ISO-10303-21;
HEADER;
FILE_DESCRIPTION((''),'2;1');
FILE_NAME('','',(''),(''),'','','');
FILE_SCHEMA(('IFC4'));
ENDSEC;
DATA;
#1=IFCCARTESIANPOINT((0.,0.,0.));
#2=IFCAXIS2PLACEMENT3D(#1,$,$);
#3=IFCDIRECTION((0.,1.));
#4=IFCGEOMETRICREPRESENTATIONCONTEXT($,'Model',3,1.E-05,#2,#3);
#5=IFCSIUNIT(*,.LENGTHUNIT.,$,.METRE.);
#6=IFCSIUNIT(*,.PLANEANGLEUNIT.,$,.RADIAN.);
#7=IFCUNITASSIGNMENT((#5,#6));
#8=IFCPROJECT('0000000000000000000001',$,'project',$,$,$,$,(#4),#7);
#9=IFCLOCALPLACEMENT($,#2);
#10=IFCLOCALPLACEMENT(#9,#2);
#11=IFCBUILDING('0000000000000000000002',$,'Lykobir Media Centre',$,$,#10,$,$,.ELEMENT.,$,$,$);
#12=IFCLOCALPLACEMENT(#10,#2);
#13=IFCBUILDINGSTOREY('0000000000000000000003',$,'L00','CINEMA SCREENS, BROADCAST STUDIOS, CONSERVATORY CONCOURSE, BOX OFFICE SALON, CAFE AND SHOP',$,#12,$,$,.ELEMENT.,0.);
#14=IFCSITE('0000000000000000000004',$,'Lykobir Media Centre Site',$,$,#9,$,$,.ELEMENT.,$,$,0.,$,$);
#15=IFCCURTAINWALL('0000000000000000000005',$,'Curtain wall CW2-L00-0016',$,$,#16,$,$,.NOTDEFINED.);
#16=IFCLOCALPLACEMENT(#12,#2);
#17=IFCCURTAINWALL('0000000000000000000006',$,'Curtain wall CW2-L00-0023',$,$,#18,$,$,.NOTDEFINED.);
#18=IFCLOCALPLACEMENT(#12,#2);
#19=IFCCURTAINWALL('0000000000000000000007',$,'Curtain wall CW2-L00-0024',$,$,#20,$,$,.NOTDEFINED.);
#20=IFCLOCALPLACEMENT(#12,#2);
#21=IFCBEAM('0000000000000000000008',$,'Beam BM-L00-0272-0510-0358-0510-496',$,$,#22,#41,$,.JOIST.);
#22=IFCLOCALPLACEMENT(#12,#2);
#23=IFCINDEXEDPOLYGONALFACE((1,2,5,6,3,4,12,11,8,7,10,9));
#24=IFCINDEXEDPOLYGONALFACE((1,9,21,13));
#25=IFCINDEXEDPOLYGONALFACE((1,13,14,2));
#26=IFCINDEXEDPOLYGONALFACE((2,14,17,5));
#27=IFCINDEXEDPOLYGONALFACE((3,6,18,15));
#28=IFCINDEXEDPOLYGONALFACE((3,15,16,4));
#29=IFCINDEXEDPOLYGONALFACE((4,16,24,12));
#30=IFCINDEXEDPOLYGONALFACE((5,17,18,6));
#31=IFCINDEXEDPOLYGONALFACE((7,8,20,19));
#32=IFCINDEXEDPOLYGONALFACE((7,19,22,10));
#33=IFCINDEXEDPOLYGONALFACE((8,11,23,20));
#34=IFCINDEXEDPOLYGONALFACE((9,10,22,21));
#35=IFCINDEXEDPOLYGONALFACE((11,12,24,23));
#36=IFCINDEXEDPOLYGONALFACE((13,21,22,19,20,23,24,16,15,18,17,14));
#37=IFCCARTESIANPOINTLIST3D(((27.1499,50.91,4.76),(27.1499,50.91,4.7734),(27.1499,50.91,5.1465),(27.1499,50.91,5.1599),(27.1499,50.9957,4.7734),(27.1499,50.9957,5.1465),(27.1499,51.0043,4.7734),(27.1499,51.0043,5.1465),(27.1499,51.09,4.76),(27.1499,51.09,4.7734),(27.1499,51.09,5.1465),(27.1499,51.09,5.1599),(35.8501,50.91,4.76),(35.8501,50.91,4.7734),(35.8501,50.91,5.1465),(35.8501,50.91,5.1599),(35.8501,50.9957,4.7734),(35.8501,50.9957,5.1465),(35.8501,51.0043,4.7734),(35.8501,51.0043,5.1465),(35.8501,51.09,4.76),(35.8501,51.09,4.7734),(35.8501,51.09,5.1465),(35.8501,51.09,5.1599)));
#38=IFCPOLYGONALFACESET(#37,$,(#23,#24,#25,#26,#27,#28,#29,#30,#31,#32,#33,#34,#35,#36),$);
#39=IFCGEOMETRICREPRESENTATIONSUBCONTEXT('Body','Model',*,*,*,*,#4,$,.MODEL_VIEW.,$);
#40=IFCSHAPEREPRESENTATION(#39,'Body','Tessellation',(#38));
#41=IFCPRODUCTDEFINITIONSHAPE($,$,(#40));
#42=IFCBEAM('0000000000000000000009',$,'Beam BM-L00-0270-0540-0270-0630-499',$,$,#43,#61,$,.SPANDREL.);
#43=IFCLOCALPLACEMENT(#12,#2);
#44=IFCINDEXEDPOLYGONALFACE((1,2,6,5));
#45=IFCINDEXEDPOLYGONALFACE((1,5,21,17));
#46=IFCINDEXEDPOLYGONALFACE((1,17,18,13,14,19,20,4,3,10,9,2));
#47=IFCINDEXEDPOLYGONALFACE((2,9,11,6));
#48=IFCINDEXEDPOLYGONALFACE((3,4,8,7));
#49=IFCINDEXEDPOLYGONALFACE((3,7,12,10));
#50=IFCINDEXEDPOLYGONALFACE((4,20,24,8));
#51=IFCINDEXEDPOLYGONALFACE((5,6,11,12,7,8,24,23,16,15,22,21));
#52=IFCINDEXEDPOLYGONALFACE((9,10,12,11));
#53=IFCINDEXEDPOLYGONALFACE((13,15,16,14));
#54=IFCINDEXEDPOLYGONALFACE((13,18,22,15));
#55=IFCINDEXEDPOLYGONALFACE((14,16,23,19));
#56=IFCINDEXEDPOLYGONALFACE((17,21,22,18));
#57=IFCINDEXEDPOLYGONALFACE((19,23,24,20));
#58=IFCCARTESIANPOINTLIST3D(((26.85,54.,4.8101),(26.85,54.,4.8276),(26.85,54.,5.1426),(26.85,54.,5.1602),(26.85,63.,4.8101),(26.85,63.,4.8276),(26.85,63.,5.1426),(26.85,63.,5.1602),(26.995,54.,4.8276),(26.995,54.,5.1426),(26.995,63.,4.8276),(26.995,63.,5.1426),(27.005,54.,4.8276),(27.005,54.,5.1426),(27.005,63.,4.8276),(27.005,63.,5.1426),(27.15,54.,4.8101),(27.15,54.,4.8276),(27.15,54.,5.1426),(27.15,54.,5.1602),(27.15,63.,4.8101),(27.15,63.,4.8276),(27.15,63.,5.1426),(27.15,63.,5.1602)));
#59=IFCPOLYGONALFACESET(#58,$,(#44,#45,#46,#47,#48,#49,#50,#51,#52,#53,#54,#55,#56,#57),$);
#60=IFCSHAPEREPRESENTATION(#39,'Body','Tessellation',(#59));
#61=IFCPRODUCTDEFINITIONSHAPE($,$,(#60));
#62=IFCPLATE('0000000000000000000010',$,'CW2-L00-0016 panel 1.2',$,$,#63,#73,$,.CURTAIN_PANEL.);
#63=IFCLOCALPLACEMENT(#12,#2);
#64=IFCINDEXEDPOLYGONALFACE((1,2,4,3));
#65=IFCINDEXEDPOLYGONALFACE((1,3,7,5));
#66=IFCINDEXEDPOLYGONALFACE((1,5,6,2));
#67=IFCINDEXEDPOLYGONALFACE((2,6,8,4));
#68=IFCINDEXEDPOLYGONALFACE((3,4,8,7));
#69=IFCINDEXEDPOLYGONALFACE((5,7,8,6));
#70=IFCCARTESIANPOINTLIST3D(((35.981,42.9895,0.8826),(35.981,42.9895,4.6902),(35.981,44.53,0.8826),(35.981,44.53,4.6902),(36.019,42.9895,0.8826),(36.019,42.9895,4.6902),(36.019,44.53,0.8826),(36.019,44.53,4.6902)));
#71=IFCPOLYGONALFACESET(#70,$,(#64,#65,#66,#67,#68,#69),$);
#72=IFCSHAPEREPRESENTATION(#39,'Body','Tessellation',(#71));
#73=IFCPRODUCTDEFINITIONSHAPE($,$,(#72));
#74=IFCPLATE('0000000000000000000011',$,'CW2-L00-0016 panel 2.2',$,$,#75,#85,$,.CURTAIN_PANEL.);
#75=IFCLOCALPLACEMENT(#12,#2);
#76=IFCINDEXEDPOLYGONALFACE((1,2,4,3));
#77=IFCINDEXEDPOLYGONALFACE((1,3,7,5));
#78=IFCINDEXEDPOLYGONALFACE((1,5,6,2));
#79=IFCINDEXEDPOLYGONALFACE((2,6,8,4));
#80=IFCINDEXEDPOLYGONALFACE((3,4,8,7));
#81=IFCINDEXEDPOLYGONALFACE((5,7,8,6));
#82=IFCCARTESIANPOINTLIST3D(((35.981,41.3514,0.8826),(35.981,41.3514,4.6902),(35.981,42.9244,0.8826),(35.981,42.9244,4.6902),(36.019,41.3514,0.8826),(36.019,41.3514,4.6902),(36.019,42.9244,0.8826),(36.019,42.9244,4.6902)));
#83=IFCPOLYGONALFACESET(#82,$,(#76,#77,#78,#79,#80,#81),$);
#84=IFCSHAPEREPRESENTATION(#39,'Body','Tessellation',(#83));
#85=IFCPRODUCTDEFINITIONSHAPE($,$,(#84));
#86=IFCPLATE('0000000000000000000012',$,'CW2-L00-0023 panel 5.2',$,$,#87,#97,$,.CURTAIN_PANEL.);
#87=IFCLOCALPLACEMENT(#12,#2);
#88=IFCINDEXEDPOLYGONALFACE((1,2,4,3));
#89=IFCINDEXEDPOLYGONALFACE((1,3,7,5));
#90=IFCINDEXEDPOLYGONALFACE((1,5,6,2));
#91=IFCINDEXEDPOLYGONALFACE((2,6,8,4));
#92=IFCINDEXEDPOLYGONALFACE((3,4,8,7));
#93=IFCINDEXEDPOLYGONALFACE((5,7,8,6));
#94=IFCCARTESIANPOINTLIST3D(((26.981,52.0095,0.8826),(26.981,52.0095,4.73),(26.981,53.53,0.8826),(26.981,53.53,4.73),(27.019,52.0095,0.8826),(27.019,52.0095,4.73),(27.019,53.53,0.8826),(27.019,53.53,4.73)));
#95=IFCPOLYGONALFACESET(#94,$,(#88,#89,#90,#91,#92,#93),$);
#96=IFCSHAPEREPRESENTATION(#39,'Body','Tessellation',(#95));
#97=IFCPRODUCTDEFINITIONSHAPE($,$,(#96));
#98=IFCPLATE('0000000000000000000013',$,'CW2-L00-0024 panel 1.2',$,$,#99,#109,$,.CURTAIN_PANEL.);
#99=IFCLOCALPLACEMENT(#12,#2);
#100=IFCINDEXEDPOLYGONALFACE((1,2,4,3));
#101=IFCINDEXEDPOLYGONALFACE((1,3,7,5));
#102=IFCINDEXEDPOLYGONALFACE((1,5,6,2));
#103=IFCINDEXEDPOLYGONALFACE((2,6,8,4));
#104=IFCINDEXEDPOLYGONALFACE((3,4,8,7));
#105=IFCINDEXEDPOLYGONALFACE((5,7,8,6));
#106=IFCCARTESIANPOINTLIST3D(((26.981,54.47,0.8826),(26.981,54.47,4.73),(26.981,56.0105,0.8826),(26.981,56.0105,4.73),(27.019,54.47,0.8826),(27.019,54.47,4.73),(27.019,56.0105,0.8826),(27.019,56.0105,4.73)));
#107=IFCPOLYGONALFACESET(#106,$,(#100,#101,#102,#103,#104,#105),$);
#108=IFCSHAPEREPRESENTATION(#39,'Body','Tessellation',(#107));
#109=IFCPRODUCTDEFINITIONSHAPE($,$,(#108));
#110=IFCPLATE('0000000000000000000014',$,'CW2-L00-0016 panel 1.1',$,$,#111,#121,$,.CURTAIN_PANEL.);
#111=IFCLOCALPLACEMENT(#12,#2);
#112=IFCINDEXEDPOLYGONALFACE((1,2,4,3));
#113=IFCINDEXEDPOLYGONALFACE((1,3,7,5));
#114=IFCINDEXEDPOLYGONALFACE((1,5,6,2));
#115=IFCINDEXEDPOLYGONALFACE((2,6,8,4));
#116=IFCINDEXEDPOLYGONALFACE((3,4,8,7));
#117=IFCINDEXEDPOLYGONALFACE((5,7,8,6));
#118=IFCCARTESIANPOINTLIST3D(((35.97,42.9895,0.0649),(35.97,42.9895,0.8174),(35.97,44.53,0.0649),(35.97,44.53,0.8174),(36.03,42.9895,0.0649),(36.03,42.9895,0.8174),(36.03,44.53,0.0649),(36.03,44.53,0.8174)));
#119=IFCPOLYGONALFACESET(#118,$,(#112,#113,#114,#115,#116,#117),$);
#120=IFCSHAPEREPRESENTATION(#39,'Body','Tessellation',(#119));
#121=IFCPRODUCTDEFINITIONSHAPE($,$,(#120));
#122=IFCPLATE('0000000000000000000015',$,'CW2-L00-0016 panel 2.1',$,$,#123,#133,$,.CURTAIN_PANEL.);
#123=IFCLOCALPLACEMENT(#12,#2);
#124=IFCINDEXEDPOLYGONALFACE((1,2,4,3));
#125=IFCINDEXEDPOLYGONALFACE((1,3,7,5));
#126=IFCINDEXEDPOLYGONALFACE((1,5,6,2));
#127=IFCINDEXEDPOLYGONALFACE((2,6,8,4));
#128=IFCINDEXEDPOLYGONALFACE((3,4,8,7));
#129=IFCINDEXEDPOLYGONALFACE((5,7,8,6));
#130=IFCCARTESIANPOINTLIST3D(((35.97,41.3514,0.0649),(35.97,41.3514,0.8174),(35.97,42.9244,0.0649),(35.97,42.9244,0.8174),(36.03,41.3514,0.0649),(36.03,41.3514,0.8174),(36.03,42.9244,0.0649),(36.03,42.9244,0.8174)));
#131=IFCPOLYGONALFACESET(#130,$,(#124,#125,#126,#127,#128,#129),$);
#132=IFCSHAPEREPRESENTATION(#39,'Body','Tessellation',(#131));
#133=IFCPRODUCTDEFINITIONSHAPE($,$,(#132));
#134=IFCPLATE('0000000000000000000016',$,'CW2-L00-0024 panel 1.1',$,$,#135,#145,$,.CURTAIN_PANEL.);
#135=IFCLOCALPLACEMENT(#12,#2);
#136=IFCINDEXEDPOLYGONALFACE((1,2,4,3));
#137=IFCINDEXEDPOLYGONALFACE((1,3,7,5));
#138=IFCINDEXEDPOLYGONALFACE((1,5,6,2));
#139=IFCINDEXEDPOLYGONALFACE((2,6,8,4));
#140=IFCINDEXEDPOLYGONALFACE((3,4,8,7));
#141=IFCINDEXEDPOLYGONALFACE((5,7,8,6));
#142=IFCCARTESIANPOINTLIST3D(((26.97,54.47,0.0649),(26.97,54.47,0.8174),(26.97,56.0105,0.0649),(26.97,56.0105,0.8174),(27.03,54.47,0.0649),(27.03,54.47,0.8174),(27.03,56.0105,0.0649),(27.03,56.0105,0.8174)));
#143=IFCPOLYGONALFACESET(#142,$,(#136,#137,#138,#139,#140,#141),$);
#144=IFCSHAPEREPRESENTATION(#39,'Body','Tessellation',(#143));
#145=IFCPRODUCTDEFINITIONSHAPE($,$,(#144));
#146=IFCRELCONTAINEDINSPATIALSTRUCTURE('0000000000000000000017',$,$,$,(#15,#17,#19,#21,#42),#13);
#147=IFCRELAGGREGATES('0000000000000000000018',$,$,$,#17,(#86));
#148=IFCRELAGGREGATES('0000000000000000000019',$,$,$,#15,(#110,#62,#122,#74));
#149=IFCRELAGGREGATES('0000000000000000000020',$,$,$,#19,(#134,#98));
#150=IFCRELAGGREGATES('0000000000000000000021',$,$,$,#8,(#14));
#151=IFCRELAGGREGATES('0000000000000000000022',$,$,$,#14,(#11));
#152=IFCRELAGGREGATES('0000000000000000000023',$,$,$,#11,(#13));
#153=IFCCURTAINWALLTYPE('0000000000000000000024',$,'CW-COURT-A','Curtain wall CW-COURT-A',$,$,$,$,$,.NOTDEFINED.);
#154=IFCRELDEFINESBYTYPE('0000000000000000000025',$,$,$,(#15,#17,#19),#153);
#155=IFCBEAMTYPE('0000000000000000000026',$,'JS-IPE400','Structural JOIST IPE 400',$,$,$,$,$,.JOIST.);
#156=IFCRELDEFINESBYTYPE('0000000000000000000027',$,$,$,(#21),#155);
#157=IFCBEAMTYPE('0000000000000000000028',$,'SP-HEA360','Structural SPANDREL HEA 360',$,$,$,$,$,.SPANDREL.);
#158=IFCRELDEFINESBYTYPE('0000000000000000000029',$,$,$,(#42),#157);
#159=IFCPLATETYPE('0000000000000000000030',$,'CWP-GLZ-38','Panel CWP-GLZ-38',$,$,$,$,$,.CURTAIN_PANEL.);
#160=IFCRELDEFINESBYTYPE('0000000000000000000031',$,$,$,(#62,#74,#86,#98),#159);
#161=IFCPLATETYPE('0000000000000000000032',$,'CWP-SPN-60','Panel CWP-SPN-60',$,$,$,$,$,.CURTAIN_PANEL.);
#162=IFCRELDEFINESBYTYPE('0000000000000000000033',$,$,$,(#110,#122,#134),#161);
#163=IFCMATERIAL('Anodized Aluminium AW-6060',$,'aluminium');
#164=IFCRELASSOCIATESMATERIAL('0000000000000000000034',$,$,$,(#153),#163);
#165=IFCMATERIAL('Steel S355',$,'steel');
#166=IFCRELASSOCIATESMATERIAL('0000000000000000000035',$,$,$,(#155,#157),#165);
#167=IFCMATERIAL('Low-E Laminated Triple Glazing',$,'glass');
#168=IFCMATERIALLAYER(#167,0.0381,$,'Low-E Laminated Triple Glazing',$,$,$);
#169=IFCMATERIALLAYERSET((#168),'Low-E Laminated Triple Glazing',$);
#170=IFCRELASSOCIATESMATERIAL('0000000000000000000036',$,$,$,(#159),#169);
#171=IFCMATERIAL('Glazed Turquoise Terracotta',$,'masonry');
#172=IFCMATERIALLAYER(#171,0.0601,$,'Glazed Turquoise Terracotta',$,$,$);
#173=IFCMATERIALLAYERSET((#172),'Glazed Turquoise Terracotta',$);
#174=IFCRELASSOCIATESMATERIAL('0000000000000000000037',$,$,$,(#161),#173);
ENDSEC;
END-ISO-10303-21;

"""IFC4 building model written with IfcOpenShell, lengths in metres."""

from ifc_helpers import new_model, si_unit, direction, frame, origin, origin_2d, place, context, subcontext, project, spatial, rectangle, i_section, extrude, material, layer, layer_set, material_profile, profile_set, type_object, element, aggregate, save


model = new_model("IFC4")

# Units and contexts
model_context = context("Model", 3, precision=1e-05, world=origin(), true_north=direction((0.0, 1.0)))
body_context = subcontext(model_context, "Body", "Model", "MODEL_VIEW")
ifc_project = project(units=[si_unit("LENGTHUNIT", "METRE"), si_unit("PLANEANGLEUNIT", "RADIAN")], contexts=[model_context])

# Site, building, storey
site_placement = place(None, origin())
site = spatial("IfcSite", under=ifc_project, at=site_placement, Name="Lykobir Media Centre Site", CompositionType="ELEMENT", RefElevation=0.0)
building_placement = place(site_placement, origin())
building = spatial("IfcBuilding", under=site, at=building_placement, Name="Lykobir Media Centre", CompositionType="ELEMENT")
storey_placement = place(building_placement, origin())
storey = spatial("IfcBuildingStorey", under=building, at=storey_placement, Name="L00", Description="CINEMA SCREENS, BROADCAST STUDIOS, CONSERVATORY CONCOURSE, BOX OFFICE SALON, CAFE AND SHOP", CompositionType="ELEMENT", Elevation=0.0)

# Shared definitions
ifc_material_1 = material(Name="Steel S355", Category="steel")

# Curtain wall
ifc_material_2 = material(Name="Anodized Aluminium AW-6060", Category="aluminium")
curtain_wall_type = type_object("IfcCurtainWallType", Name="CW-COURT-A", Description="Curtain wall CW-COURT-A", PredefinedType="NOTDEFINED", material=ifc_material_2)
curtain_wall_1_placement = place(storey_placement, origin())
curtain_wall_1 = element("IfcCurtainWall", 1, at=curtain_wall_1_placement, inside=storey, type_object=curtain_wall_type, Name="Curtain wall CW2-L00-0016", PredefinedType="NOTDEFINED")

# Curtain wall
curtain_wall_2_placement = place(storey_placement, origin())
curtain_wall_2 = element("IfcCurtainWall", 2, at=curtain_wall_2_placement, inside=storey, type_object=curtain_wall_type, Name="Curtain wall CW2-L00-0023", PredefinedType="NOTDEFINED")

# Curtain wall
curtain_wall_3_placement = place(storey_placement, origin())
curtain_wall_3 = element("IfcCurtainWall", 3, at=curtain_wall_3_placement, inside=storey, type_object=curtain_wall_type, Name="Curtain wall CW2-L00-0024", PredefinedType="NOTDEFINED")

# Beams
ifc_material_profile_1 = material_profile(ifc_material_1, i_section(OverallWidth=0.1799, OverallDepth=0.3999, WebThickness=0.0085, FlangeThickness=0.0134, at=origin_2d()), Name="IPE 400")
ifc_profile_set_1 = profile_set([ifc_material_profile_1], Name="Steel S355")
beam_type_1 = type_object("IfcBeamType", Name="JS-IPE400", Description="Structural JOIST IPE 400", PredefinedType="JOIST", material=ifc_profile_set_1)
for number, where, z_axis, x_axis, name in (
    (4, (27.1499, 51.0, 4.96), (1.0, 0.0, 0.0), (0.0, 1.0, 0.0), "Beam BM-L00-0272-0510-0358-0510-496"),
):
    element("IfcBeam", number, at=place(storey_placement, frame(where, z_axis=z_axis, x_axis=x_axis)), inside=storey, type_object=beam_type_1, Name=name, PredefinedType="JOIST", context=body_context, shape_type="SweptSolid", body=[
        extrude(i_section(OverallWidth=0.1799, OverallDepth=0.3999, WebThickness=0.0085, FlangeThickness=0.0134, at=origin_2d()), origin(), (0.0, 0.0, 1.0), 8.7002),
    ])
ifc_material_profile_2 = material_profile(ifc_material_1, i_section(OverallWidth=0.3, OverallDepth=0.3501, WebThickness=0.01, FlangeThickness=0.0176, at=origin_2d()), Name="HEA 360")
ifc_profile_set_2 = profile_set([ifc_material_profile_2], Name="Steel S355")
beam_type_2 = type_object("IfcBeamType", Name="SP-HEA360", Description="Structural SPANDREL HEA 360", PredefinedType="SPANDREL", material=ifc_profile_set_2)
beam_1_placement = place(storey_placement, frame((27.0, 54.0, 4.9851), z_axis=(0.0, 1.0, 0.0), x_axis=(-1.0, 0.0, 0.0)))
element("IfcBeam", 5, at=beam_1_placement, inside=storey, type_object=beam_type_2, Name="Beam BM-L00-0270-0540-0270-0630-499", PredefinedType="SPANDREL", context=body_context, shape_type="SweptSolid", body=[
    extrude(i_section(OverallWidth=0.3, OverallDepth=0.3501, WebThickness=0.01, FlangeThickness=0.0176, at=origin_2d()), origin(), (0.0, 0.0, 1.0), 9.0),
])

# Plates
ifc_material_3 = material(Name="Low-E Laminated Triple Glazing", Category="glass")
ifc_layer_1 = layer(ifc_material_3, 0.0381, Name="Low-E Laminated Triple Glazing")
ifc_layer_set_1 = layer_set([ifc_layer_1], Name="Low-E Laminated Triple Glazing")
plate_type_1 = type_object("IfcPlateType", Name="CWP-GLZ-38", Description="Panel CWP-GLZ-38", PredefinedType="CURTAIN_PANEL", material=ifc_layer_set_1)
plate_1_placement = place(storey_placement, frame((36.0, 43.7598, 0.8826), z_axis=(0.0, 0.0, 1.0), x_axis=(0.0, -1.0, 0.0)))
plate_1 = element("IfcPlate", 6, at=plate_1_placement, type_object=plate_type_1, Name="CW2-L00-0016 panel 1.2", PredefinedType="CURTAIN_PANEL", context=body_context, shape_type="SweptSolid", body=[
    extrude(rectangle(XDim=1.5405, YDim=0.0381, at=origin_2d()), origin(), (0.0, 0.0, 1.0), 3.8076),
])
plate_2_placement = place(storey_placement, frame((36.0, 42.1379, 0.8826), z_axis=(0.0, 0.0, 1.0), x_axis=(0.0, -1.0, 0.0)))
plate_2 = element("IfcPlate", 7, at=plate_2_placement, type_object=plate_type_1, Name="CW2-L00-0016 panel 2.2", PredefinedType="CURTAIN_PANEL", context=body_context, shape_type="SweptSolid", body=[
    extrude(rectangle(XDim=1.573, YDim=0.0381, at=origin_2d()), origin(), (0.0, 0.0, 1.0), 3.8076),
])
plate_3_placement = place(storey_placement, frame((27.0, 52.7698, 0.8826), z_axis=(0.0, 0.0, 1.0), x_axis=(0.0, 1.0, 0.0)))
plate_3 = element("IfcPlate", 8, at=plate_3_placement, type_object=plate_type_1, Name="CW2-L00-0023 panel 5.2", PredefinedType="CURTAIN_PANEL", context=body_context, shape_type="SweptSolid", body=[
    extrude(rectangle(XDim=1.5205, YDim=0.0381, at=origin_2d()), origin(), (0.0, 0.0, 1.0), 3.8474),
])
aggregate(curtain_wall_2, [plate_3])
plate_4_placement = place(storey_placement, frame((27.0, 55.2402, 0.8826), z_axis=(0.0, 0.0, 1.0), x_axis=(0.0, 1.0, 0.0)))
plate_4 = element("IfcPlate", 9, at=plate_4_placement, type_object=plate_type_1, Name="CW2-L00-0024 panel 1.2", PredefinedType="CURTAIN_PANEL", context=body_context, shape_type="SweptSolid", body=[
    extrude(rectangle(XDim=1.5405, YDim=0.0381, at=origin_2d()), origin(), (0.0, 0.0, 1.0), 3.8474),
])
ifc_material_4 = material(Name="Glazed Turquoise Terracotta", Category="masonry")
ifc_layer_2 = layer(ifc_material_4, 0.0601, Name="Glazed Turquoise Terracotta")
ifc_layer_set_2 = layer_set([ifc_layer_2], Name="Glazed Turquoise Terracotta")
plate_type_2 = type_object("IfcPlateType", Name="CWP-SPN-60", Description="Panel CWP-SPN-60", PredefinedType="CURTAIN_PANEL", material=ifc_layer_set_2)
plate_5_placement = place(storey_placement, frame((36.0, 43.7598, 0.0649), z_axis=(0.0, 0.0, 1.0), x_axis=(0.0, -1.0, 0.0)))
plate_5 = element("IfcPlate", 10, at=plate_5_placement, type_object=plate_type_2, Name="CW2-L00-0016 panel 1.1", PredefinedType="CURTAIN_PANEL", context=body_context, shape_type="SweptSolid", body=[
    extrude(rectangle(XDim=1.5405, YDim=0.0601, at=origin_2d()), origin(), (0.0, 0.0, 1.0), 0.7524),
])
plate_6_placement = place(storey_placement, frame((36.0, 42.1379, 0.0649), z_axis=(0.0, 0.0, 1.0), x_axis=(0.0, -1.0, 0.0)))
plate_6 = element("IfcPlate", 11, at=plate_6_placement, type_object=plate_type_2, Name="CW2-L00-0016 panel 2.1", PredefinedType="CURTAIN_PANEL", context=body_context, shape_type="SweptSolid", body=[
    extrude(rectangle(XDim=1.573, YDim=0.0601, at=origin_2d()), origin(), (0.0, 0.0, 1.0), 0.7524),
])
aggregate(curtain_wall_1, [plate_5, plate_1, plate_6, plate_2])
plate_7_placement = place(storey_placement, frame((27.0, 55.2402, 0.0649), z_axis=(0.0, 0.0, 1.0), x_axis=(0.0, 1.0, 0.0)))
plate_7 = element("IfcPlate", 12, at=plate_7_placement, type_object=plate_type_2, Name="CW2-L00-0024 panel 1.1", PredefinedType="CURTAIN_PANEL", context=body_context, shape_type="SweptSolid", body=[
    extrude(rectangle(XDim=1.5405, YDim=0.0601, at=origin_2d()), origin(), (0.0, 0.0, 1.0), 0.7524),
])
aggregate(curtain_wall_3, [plate_7, plate_4])

save(model, "model.ifc")
